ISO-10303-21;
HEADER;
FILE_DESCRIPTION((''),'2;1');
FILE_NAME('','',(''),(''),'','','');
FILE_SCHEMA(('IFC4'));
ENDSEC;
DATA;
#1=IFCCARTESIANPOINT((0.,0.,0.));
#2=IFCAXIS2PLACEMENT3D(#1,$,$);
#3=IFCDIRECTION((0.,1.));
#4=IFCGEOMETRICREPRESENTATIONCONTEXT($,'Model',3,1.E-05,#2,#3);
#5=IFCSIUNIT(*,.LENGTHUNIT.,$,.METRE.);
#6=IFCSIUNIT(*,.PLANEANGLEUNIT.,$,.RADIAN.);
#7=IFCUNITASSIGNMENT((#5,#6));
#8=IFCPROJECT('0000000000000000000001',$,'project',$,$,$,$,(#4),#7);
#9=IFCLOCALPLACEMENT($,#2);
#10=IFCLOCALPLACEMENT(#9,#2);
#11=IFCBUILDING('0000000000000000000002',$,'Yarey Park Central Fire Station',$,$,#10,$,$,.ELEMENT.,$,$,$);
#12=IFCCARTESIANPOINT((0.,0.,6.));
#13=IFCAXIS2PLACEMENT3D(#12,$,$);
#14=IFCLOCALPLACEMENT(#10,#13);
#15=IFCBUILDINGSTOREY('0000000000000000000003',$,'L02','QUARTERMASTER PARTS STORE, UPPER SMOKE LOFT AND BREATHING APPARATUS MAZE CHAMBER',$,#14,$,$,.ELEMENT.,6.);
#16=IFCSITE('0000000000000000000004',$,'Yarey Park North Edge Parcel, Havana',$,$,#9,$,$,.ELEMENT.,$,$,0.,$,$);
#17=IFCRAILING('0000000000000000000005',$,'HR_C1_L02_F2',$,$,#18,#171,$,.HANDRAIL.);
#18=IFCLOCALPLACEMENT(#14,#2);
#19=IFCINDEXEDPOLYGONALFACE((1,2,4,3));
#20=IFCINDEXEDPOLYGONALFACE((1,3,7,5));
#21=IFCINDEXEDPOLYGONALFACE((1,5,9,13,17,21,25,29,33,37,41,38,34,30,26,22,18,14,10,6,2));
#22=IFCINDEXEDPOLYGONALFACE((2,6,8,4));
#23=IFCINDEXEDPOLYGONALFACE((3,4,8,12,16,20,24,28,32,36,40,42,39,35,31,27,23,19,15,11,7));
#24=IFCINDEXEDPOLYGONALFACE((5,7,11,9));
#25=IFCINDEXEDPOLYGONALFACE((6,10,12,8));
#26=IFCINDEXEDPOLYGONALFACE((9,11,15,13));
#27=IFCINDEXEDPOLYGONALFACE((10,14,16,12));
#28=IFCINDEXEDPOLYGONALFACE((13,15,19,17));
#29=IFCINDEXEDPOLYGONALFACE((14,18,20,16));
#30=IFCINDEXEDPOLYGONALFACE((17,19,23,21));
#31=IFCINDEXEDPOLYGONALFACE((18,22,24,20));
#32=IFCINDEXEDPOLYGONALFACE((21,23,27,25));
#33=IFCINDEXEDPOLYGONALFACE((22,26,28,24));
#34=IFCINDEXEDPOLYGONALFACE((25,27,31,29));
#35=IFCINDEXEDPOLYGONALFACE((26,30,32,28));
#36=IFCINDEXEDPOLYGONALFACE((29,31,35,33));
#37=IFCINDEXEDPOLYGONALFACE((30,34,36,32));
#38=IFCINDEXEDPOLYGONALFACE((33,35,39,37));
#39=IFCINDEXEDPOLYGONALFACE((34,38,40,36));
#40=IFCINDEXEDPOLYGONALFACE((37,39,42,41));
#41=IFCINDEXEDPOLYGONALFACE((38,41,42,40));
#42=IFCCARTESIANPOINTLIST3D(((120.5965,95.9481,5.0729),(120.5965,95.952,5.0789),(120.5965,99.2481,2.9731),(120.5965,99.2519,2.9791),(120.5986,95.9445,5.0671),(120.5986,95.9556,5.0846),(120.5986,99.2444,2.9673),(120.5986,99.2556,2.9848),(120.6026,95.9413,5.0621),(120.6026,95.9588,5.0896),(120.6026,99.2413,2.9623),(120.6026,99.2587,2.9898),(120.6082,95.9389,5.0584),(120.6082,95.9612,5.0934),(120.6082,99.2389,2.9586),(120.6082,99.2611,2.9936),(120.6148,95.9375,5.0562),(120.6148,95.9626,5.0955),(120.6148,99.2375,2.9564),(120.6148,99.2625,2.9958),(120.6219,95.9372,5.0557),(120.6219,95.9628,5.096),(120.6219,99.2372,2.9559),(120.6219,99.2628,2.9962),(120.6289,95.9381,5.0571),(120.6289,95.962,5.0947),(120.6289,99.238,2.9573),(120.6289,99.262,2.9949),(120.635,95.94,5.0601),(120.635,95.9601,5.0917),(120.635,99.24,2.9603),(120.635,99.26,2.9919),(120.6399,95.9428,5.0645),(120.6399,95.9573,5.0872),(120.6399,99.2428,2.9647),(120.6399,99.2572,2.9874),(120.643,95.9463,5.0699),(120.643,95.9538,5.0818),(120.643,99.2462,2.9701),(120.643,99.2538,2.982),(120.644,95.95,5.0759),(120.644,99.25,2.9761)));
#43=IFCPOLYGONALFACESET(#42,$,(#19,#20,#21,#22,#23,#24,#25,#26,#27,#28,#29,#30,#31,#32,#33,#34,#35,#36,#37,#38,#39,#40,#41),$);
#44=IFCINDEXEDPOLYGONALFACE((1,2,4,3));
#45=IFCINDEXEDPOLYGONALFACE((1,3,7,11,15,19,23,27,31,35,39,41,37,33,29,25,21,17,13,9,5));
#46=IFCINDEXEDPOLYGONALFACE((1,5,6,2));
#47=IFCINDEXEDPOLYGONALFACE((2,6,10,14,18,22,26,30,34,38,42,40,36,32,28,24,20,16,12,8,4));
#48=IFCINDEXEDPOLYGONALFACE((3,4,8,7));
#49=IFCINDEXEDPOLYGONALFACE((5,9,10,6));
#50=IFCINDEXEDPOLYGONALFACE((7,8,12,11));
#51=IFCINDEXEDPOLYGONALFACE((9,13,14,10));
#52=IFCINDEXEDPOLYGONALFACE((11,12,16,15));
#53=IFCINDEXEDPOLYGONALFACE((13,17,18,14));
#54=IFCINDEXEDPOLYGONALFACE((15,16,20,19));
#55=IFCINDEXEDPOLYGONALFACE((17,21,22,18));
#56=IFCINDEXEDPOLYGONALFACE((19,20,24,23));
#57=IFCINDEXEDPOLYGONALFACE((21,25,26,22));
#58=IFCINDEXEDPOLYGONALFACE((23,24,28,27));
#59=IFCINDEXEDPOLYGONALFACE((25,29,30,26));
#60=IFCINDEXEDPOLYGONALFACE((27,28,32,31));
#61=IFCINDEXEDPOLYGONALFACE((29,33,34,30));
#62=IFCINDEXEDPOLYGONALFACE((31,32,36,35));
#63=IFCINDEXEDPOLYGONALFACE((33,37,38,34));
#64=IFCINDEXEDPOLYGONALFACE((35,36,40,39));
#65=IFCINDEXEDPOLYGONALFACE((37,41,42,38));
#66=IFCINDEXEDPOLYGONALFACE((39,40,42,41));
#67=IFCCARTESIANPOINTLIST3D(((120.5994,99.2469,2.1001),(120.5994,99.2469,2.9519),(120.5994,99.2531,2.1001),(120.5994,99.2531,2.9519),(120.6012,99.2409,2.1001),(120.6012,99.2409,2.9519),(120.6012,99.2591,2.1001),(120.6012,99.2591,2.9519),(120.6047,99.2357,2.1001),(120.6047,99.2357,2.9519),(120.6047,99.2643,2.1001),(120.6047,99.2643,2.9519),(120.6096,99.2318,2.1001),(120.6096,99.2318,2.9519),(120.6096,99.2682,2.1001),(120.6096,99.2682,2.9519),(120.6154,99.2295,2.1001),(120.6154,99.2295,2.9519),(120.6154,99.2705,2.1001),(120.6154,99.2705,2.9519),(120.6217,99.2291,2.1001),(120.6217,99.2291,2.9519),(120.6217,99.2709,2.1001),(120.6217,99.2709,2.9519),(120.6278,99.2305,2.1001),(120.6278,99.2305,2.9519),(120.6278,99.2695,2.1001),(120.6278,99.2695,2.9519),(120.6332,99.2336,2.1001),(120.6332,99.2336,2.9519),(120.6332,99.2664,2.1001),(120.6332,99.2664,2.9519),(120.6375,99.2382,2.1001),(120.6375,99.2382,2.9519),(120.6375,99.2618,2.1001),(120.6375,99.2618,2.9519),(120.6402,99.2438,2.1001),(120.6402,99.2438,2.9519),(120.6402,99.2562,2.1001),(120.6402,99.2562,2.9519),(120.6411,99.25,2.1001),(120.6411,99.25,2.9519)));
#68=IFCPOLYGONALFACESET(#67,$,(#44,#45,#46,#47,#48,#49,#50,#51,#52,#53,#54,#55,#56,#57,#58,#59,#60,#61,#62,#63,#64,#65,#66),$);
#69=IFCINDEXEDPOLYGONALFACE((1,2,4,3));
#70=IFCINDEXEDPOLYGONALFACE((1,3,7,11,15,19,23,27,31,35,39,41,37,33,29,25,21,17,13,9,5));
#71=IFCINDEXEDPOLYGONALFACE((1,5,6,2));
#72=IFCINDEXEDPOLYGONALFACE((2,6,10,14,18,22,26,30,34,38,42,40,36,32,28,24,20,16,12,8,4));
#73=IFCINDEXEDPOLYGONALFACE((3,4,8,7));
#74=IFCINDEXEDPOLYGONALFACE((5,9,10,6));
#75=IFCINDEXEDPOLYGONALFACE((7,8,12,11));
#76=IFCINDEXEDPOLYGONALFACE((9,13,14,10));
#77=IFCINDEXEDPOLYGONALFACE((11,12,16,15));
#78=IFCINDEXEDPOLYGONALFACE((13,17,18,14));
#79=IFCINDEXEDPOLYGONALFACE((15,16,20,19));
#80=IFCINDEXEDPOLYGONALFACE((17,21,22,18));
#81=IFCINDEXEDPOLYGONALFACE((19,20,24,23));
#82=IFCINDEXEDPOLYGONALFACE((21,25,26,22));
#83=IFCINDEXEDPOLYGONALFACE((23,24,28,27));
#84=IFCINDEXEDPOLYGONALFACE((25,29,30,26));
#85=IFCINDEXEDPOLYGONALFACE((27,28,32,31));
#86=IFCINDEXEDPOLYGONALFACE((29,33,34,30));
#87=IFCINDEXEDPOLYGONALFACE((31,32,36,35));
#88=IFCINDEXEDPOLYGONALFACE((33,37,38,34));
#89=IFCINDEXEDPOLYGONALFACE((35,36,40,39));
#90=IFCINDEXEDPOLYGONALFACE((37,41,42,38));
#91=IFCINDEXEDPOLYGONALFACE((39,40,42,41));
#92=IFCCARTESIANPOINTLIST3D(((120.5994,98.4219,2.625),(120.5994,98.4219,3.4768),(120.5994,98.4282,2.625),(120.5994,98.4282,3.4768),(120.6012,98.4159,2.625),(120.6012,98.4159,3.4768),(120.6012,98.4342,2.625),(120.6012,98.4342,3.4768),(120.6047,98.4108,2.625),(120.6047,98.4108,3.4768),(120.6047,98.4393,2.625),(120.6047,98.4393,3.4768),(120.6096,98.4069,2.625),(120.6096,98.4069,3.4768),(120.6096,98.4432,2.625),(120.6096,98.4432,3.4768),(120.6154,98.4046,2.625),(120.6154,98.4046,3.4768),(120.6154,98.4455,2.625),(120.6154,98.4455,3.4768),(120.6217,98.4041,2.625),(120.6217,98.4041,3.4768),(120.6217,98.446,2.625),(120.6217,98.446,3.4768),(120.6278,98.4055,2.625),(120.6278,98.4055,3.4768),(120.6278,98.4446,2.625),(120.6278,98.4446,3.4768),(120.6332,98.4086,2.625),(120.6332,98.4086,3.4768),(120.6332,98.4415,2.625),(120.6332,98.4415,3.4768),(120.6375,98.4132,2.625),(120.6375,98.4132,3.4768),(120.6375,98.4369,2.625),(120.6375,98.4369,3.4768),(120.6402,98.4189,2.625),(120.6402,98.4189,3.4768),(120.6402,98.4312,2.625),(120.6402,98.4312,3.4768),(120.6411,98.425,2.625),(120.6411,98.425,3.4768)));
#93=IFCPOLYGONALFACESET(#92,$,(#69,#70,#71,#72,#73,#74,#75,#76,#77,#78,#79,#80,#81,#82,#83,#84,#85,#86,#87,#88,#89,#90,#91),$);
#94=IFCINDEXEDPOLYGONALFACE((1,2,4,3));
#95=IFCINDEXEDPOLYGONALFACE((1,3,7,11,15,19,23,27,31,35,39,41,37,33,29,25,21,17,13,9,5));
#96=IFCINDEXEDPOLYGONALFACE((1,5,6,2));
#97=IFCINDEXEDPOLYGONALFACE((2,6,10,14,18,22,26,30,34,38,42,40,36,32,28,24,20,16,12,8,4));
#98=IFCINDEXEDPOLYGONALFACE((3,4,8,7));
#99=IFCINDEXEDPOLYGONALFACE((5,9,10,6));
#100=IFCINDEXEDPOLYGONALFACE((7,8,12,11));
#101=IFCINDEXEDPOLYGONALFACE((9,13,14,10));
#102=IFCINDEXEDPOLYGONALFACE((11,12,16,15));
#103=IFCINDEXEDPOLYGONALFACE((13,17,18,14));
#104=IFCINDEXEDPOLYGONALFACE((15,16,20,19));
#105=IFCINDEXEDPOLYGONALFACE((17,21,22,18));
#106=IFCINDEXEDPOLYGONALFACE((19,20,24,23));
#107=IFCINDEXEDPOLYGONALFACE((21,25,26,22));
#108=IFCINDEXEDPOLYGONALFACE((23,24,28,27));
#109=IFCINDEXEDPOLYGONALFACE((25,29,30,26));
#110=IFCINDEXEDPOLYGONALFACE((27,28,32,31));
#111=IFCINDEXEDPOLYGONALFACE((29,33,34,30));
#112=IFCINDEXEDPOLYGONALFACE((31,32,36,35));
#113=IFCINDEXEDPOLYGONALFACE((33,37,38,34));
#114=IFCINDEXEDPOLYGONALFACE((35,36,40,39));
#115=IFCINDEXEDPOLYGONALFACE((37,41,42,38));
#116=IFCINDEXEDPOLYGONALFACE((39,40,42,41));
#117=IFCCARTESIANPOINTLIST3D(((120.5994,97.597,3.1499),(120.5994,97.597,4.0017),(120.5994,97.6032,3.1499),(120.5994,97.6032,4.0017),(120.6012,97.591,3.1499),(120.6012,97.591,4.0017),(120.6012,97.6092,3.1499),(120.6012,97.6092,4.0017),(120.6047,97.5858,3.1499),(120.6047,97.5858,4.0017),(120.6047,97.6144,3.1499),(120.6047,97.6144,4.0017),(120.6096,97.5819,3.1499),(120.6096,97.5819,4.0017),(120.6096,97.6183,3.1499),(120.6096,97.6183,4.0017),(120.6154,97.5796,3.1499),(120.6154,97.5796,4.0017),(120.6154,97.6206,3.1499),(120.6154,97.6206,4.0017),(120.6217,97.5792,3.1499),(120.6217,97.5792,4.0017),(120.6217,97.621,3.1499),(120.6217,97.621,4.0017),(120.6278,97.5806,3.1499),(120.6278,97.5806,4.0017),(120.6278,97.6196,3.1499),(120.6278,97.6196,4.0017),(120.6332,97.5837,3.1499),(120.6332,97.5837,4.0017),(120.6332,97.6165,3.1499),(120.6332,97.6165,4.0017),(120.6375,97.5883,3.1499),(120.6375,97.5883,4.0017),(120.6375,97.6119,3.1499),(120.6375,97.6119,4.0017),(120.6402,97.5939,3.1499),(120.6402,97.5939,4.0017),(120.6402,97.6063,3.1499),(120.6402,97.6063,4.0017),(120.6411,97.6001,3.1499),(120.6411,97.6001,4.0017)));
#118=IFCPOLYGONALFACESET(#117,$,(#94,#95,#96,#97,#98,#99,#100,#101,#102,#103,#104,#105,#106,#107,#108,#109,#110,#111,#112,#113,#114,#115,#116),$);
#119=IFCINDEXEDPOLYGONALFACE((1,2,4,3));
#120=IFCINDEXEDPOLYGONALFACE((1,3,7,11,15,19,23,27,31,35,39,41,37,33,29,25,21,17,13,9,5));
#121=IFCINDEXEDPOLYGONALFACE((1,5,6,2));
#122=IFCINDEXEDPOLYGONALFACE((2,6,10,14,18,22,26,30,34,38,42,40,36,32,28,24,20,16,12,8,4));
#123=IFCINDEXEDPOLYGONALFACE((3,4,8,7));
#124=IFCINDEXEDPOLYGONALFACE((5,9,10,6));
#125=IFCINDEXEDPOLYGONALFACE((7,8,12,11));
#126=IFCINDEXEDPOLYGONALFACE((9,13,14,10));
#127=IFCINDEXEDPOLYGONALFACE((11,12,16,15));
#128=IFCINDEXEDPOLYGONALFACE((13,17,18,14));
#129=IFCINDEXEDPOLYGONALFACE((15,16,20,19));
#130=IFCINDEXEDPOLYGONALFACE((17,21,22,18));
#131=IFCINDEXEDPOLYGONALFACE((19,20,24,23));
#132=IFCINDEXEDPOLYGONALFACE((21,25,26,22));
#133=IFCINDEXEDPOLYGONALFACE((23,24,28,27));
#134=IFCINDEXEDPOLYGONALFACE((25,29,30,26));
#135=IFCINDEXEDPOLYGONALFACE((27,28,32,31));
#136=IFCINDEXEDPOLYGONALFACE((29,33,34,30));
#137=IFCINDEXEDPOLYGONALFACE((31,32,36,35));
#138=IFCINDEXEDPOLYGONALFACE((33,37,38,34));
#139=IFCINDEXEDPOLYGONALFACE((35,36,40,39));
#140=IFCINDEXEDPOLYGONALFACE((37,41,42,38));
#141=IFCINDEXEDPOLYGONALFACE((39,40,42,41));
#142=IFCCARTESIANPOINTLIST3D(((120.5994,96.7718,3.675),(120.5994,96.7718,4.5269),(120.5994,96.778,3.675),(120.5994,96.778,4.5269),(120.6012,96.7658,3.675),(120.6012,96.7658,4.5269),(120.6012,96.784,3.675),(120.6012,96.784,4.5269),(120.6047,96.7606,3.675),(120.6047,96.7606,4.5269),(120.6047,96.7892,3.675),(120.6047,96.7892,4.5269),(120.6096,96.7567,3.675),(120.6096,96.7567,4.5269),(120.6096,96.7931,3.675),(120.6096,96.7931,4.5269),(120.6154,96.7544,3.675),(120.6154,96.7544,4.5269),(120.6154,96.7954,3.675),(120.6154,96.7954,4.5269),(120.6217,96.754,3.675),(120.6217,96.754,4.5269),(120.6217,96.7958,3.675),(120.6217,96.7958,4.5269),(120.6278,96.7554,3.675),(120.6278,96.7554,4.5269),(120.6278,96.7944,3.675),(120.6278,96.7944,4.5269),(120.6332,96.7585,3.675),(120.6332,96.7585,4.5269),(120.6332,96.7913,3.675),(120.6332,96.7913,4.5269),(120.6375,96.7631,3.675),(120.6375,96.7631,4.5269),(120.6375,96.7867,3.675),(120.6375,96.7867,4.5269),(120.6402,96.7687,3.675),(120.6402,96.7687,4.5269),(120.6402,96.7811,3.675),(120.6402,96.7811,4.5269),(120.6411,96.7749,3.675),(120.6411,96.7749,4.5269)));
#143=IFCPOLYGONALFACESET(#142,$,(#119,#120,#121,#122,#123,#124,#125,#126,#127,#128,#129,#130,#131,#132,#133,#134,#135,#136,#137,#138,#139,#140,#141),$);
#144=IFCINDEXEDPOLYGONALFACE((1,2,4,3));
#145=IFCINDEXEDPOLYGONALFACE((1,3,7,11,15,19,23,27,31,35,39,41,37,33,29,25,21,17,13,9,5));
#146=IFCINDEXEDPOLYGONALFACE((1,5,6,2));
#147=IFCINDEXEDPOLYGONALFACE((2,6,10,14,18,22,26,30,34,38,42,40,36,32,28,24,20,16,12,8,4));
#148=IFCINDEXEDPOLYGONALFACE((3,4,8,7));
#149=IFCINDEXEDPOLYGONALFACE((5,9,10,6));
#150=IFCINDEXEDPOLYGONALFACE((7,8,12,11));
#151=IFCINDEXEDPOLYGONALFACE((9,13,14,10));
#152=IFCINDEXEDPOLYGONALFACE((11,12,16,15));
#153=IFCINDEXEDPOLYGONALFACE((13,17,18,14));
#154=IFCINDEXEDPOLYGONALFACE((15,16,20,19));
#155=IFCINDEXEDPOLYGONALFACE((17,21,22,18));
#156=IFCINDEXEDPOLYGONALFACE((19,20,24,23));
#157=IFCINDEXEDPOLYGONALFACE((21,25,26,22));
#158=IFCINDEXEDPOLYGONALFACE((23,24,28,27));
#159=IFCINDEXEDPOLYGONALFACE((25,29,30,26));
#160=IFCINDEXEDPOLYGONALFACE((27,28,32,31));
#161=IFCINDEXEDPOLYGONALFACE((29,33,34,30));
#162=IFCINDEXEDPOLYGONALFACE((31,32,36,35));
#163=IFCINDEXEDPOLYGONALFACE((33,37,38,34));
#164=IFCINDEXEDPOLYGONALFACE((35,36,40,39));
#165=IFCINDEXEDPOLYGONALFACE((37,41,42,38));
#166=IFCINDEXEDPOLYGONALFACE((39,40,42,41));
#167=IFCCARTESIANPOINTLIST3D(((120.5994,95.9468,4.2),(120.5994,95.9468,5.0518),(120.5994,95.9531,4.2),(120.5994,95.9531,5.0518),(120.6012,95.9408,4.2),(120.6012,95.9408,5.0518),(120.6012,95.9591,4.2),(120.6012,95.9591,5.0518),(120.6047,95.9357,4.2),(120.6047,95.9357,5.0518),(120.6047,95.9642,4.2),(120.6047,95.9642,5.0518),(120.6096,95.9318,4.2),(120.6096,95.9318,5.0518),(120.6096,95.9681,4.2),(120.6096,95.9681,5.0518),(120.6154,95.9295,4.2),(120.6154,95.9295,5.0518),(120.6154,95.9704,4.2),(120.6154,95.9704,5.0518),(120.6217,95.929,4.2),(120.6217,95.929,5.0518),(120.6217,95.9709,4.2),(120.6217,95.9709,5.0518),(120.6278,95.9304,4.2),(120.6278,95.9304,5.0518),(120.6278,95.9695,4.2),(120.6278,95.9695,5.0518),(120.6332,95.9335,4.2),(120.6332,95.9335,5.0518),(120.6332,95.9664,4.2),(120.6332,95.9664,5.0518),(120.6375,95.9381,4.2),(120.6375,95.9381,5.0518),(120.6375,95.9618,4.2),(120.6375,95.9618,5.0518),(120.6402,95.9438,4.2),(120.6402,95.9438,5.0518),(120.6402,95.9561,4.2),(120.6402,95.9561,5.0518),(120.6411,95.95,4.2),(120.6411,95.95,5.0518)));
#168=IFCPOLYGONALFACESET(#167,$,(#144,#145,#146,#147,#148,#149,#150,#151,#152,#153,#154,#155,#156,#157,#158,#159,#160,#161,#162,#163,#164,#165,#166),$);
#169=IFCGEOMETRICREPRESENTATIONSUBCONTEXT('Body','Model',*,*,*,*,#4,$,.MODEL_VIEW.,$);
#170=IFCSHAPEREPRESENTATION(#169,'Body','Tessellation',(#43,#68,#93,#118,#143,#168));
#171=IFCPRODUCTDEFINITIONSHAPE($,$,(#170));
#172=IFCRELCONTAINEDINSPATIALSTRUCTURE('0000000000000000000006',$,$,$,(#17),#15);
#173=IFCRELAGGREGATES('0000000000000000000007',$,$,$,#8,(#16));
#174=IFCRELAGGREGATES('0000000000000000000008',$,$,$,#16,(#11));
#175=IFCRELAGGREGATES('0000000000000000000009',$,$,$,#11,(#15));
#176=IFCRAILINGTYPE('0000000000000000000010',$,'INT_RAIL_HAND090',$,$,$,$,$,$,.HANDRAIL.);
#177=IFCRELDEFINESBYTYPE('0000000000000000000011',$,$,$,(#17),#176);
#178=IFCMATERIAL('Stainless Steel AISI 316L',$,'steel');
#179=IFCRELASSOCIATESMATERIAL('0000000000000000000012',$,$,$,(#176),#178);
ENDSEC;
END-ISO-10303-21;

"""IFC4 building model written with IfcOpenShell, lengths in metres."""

from ifc_helpers import new_model, si_unit, direction, frame, origin, origin_2d, place, context, subcontext, project, spatial, circle, extrude, material, type_object, element, save


model = new_model("IFC4")

# Units and contexts
model_context = context("Model", 3, precision=1e-05, world=origin(), true_north=direction((0.0, 1.0)))
body_context = subcontext(model_context, "Body", "Model", "MODEL_VIEW")
ifc_project = project(units=[si_unit("LENGTHUNIT", "METRE"), si_unit("PLANEANGLEUNIT", "RADIAN")], contexts=[model_context])

# Site, building, storey
site_placement = place(None, origin())
site = spatial("IfcSite", under=ifc_project, at=site_placement, Name="Yarey Park North Edge Parcel, Havana", CompositionType="ELEMENT", RefElevation=0.0)
building_placement = place(site_placement, origin())
building = spatial("IfcBuilding", under=site, at=building_placement, Name="Yarey Park Central Fire Station", CompositionType="ELEMENT")
storey_placement = place(building_placement, frame((0.0, 0.0, 6.0)))
storey = spatial("IfcBuildingStorey", under=building, at=storey_placement, Name="L02", Description="QUARTERMASTER PARTS STORE, UPPER SMOKE LOFT AND BREATHING APPARATUS MAZE CHAMBER", CompositionType="ELEMENT", Elevation=6.0)

# Railing
ifc_material_1 = material(Name="Stainless Steel AISI 316L", Category="steel")
railing_type_1 = type_object("IfcRailingType", Name="INT_RAIL_HAND090", PredefinedType="HANDRAIL", material=ifc_material_1)
railing_1_placement = place(storey_placement, frame((120.6201, 99.25, 2.1001)))
element("IfcRailing", 1, at=railing_1_placement, inside=storey, type_object=railing_type_1, Name="HR_C1_L02_F2", PredefinedType="HANDRAIL", context=body_context, shape_type="SweptSolid", body=[
    extrude(circle(Radius=0.0239, at=origin_2d()), frame((0.0, 0.0, 0.876), z_axis=(0.0, -0.843682, 0.536843), x_axis=(1.0, 0.0, 0.0)), (0.0, 0.0, 1.0), 3.9114),
    extrude(circle(Radius=0.021, at=origin_2d()), origin(), (0.0, 0.0, 1.0), 0.8518),
    extrude(circle(Radius=0.021, at=origin_2d()), frame((0.0, -0.825, 0.5249)), (0.0, 0.0, 1.0), 0.8518),
    extrude(circle(Radius=0.021, at=origin_2d()), frame((0.0, -1.6499, 1.0498)), (0.0, 0.0, 1.0), 0.8518),
    extrude(circle(Radius=0.021, at=origin_2d()), frame((0.0, -2.4751, 1.575)), (0.0, 0.0, 1.0), 0.8518),
    extrude(circle(Radius=0.021, at=origin_2d()), frame((0.0, -3.3, 2.0999)), (0.0, 0.0, 1.0), 0.8518),
])

save(model, "model.ifc")
